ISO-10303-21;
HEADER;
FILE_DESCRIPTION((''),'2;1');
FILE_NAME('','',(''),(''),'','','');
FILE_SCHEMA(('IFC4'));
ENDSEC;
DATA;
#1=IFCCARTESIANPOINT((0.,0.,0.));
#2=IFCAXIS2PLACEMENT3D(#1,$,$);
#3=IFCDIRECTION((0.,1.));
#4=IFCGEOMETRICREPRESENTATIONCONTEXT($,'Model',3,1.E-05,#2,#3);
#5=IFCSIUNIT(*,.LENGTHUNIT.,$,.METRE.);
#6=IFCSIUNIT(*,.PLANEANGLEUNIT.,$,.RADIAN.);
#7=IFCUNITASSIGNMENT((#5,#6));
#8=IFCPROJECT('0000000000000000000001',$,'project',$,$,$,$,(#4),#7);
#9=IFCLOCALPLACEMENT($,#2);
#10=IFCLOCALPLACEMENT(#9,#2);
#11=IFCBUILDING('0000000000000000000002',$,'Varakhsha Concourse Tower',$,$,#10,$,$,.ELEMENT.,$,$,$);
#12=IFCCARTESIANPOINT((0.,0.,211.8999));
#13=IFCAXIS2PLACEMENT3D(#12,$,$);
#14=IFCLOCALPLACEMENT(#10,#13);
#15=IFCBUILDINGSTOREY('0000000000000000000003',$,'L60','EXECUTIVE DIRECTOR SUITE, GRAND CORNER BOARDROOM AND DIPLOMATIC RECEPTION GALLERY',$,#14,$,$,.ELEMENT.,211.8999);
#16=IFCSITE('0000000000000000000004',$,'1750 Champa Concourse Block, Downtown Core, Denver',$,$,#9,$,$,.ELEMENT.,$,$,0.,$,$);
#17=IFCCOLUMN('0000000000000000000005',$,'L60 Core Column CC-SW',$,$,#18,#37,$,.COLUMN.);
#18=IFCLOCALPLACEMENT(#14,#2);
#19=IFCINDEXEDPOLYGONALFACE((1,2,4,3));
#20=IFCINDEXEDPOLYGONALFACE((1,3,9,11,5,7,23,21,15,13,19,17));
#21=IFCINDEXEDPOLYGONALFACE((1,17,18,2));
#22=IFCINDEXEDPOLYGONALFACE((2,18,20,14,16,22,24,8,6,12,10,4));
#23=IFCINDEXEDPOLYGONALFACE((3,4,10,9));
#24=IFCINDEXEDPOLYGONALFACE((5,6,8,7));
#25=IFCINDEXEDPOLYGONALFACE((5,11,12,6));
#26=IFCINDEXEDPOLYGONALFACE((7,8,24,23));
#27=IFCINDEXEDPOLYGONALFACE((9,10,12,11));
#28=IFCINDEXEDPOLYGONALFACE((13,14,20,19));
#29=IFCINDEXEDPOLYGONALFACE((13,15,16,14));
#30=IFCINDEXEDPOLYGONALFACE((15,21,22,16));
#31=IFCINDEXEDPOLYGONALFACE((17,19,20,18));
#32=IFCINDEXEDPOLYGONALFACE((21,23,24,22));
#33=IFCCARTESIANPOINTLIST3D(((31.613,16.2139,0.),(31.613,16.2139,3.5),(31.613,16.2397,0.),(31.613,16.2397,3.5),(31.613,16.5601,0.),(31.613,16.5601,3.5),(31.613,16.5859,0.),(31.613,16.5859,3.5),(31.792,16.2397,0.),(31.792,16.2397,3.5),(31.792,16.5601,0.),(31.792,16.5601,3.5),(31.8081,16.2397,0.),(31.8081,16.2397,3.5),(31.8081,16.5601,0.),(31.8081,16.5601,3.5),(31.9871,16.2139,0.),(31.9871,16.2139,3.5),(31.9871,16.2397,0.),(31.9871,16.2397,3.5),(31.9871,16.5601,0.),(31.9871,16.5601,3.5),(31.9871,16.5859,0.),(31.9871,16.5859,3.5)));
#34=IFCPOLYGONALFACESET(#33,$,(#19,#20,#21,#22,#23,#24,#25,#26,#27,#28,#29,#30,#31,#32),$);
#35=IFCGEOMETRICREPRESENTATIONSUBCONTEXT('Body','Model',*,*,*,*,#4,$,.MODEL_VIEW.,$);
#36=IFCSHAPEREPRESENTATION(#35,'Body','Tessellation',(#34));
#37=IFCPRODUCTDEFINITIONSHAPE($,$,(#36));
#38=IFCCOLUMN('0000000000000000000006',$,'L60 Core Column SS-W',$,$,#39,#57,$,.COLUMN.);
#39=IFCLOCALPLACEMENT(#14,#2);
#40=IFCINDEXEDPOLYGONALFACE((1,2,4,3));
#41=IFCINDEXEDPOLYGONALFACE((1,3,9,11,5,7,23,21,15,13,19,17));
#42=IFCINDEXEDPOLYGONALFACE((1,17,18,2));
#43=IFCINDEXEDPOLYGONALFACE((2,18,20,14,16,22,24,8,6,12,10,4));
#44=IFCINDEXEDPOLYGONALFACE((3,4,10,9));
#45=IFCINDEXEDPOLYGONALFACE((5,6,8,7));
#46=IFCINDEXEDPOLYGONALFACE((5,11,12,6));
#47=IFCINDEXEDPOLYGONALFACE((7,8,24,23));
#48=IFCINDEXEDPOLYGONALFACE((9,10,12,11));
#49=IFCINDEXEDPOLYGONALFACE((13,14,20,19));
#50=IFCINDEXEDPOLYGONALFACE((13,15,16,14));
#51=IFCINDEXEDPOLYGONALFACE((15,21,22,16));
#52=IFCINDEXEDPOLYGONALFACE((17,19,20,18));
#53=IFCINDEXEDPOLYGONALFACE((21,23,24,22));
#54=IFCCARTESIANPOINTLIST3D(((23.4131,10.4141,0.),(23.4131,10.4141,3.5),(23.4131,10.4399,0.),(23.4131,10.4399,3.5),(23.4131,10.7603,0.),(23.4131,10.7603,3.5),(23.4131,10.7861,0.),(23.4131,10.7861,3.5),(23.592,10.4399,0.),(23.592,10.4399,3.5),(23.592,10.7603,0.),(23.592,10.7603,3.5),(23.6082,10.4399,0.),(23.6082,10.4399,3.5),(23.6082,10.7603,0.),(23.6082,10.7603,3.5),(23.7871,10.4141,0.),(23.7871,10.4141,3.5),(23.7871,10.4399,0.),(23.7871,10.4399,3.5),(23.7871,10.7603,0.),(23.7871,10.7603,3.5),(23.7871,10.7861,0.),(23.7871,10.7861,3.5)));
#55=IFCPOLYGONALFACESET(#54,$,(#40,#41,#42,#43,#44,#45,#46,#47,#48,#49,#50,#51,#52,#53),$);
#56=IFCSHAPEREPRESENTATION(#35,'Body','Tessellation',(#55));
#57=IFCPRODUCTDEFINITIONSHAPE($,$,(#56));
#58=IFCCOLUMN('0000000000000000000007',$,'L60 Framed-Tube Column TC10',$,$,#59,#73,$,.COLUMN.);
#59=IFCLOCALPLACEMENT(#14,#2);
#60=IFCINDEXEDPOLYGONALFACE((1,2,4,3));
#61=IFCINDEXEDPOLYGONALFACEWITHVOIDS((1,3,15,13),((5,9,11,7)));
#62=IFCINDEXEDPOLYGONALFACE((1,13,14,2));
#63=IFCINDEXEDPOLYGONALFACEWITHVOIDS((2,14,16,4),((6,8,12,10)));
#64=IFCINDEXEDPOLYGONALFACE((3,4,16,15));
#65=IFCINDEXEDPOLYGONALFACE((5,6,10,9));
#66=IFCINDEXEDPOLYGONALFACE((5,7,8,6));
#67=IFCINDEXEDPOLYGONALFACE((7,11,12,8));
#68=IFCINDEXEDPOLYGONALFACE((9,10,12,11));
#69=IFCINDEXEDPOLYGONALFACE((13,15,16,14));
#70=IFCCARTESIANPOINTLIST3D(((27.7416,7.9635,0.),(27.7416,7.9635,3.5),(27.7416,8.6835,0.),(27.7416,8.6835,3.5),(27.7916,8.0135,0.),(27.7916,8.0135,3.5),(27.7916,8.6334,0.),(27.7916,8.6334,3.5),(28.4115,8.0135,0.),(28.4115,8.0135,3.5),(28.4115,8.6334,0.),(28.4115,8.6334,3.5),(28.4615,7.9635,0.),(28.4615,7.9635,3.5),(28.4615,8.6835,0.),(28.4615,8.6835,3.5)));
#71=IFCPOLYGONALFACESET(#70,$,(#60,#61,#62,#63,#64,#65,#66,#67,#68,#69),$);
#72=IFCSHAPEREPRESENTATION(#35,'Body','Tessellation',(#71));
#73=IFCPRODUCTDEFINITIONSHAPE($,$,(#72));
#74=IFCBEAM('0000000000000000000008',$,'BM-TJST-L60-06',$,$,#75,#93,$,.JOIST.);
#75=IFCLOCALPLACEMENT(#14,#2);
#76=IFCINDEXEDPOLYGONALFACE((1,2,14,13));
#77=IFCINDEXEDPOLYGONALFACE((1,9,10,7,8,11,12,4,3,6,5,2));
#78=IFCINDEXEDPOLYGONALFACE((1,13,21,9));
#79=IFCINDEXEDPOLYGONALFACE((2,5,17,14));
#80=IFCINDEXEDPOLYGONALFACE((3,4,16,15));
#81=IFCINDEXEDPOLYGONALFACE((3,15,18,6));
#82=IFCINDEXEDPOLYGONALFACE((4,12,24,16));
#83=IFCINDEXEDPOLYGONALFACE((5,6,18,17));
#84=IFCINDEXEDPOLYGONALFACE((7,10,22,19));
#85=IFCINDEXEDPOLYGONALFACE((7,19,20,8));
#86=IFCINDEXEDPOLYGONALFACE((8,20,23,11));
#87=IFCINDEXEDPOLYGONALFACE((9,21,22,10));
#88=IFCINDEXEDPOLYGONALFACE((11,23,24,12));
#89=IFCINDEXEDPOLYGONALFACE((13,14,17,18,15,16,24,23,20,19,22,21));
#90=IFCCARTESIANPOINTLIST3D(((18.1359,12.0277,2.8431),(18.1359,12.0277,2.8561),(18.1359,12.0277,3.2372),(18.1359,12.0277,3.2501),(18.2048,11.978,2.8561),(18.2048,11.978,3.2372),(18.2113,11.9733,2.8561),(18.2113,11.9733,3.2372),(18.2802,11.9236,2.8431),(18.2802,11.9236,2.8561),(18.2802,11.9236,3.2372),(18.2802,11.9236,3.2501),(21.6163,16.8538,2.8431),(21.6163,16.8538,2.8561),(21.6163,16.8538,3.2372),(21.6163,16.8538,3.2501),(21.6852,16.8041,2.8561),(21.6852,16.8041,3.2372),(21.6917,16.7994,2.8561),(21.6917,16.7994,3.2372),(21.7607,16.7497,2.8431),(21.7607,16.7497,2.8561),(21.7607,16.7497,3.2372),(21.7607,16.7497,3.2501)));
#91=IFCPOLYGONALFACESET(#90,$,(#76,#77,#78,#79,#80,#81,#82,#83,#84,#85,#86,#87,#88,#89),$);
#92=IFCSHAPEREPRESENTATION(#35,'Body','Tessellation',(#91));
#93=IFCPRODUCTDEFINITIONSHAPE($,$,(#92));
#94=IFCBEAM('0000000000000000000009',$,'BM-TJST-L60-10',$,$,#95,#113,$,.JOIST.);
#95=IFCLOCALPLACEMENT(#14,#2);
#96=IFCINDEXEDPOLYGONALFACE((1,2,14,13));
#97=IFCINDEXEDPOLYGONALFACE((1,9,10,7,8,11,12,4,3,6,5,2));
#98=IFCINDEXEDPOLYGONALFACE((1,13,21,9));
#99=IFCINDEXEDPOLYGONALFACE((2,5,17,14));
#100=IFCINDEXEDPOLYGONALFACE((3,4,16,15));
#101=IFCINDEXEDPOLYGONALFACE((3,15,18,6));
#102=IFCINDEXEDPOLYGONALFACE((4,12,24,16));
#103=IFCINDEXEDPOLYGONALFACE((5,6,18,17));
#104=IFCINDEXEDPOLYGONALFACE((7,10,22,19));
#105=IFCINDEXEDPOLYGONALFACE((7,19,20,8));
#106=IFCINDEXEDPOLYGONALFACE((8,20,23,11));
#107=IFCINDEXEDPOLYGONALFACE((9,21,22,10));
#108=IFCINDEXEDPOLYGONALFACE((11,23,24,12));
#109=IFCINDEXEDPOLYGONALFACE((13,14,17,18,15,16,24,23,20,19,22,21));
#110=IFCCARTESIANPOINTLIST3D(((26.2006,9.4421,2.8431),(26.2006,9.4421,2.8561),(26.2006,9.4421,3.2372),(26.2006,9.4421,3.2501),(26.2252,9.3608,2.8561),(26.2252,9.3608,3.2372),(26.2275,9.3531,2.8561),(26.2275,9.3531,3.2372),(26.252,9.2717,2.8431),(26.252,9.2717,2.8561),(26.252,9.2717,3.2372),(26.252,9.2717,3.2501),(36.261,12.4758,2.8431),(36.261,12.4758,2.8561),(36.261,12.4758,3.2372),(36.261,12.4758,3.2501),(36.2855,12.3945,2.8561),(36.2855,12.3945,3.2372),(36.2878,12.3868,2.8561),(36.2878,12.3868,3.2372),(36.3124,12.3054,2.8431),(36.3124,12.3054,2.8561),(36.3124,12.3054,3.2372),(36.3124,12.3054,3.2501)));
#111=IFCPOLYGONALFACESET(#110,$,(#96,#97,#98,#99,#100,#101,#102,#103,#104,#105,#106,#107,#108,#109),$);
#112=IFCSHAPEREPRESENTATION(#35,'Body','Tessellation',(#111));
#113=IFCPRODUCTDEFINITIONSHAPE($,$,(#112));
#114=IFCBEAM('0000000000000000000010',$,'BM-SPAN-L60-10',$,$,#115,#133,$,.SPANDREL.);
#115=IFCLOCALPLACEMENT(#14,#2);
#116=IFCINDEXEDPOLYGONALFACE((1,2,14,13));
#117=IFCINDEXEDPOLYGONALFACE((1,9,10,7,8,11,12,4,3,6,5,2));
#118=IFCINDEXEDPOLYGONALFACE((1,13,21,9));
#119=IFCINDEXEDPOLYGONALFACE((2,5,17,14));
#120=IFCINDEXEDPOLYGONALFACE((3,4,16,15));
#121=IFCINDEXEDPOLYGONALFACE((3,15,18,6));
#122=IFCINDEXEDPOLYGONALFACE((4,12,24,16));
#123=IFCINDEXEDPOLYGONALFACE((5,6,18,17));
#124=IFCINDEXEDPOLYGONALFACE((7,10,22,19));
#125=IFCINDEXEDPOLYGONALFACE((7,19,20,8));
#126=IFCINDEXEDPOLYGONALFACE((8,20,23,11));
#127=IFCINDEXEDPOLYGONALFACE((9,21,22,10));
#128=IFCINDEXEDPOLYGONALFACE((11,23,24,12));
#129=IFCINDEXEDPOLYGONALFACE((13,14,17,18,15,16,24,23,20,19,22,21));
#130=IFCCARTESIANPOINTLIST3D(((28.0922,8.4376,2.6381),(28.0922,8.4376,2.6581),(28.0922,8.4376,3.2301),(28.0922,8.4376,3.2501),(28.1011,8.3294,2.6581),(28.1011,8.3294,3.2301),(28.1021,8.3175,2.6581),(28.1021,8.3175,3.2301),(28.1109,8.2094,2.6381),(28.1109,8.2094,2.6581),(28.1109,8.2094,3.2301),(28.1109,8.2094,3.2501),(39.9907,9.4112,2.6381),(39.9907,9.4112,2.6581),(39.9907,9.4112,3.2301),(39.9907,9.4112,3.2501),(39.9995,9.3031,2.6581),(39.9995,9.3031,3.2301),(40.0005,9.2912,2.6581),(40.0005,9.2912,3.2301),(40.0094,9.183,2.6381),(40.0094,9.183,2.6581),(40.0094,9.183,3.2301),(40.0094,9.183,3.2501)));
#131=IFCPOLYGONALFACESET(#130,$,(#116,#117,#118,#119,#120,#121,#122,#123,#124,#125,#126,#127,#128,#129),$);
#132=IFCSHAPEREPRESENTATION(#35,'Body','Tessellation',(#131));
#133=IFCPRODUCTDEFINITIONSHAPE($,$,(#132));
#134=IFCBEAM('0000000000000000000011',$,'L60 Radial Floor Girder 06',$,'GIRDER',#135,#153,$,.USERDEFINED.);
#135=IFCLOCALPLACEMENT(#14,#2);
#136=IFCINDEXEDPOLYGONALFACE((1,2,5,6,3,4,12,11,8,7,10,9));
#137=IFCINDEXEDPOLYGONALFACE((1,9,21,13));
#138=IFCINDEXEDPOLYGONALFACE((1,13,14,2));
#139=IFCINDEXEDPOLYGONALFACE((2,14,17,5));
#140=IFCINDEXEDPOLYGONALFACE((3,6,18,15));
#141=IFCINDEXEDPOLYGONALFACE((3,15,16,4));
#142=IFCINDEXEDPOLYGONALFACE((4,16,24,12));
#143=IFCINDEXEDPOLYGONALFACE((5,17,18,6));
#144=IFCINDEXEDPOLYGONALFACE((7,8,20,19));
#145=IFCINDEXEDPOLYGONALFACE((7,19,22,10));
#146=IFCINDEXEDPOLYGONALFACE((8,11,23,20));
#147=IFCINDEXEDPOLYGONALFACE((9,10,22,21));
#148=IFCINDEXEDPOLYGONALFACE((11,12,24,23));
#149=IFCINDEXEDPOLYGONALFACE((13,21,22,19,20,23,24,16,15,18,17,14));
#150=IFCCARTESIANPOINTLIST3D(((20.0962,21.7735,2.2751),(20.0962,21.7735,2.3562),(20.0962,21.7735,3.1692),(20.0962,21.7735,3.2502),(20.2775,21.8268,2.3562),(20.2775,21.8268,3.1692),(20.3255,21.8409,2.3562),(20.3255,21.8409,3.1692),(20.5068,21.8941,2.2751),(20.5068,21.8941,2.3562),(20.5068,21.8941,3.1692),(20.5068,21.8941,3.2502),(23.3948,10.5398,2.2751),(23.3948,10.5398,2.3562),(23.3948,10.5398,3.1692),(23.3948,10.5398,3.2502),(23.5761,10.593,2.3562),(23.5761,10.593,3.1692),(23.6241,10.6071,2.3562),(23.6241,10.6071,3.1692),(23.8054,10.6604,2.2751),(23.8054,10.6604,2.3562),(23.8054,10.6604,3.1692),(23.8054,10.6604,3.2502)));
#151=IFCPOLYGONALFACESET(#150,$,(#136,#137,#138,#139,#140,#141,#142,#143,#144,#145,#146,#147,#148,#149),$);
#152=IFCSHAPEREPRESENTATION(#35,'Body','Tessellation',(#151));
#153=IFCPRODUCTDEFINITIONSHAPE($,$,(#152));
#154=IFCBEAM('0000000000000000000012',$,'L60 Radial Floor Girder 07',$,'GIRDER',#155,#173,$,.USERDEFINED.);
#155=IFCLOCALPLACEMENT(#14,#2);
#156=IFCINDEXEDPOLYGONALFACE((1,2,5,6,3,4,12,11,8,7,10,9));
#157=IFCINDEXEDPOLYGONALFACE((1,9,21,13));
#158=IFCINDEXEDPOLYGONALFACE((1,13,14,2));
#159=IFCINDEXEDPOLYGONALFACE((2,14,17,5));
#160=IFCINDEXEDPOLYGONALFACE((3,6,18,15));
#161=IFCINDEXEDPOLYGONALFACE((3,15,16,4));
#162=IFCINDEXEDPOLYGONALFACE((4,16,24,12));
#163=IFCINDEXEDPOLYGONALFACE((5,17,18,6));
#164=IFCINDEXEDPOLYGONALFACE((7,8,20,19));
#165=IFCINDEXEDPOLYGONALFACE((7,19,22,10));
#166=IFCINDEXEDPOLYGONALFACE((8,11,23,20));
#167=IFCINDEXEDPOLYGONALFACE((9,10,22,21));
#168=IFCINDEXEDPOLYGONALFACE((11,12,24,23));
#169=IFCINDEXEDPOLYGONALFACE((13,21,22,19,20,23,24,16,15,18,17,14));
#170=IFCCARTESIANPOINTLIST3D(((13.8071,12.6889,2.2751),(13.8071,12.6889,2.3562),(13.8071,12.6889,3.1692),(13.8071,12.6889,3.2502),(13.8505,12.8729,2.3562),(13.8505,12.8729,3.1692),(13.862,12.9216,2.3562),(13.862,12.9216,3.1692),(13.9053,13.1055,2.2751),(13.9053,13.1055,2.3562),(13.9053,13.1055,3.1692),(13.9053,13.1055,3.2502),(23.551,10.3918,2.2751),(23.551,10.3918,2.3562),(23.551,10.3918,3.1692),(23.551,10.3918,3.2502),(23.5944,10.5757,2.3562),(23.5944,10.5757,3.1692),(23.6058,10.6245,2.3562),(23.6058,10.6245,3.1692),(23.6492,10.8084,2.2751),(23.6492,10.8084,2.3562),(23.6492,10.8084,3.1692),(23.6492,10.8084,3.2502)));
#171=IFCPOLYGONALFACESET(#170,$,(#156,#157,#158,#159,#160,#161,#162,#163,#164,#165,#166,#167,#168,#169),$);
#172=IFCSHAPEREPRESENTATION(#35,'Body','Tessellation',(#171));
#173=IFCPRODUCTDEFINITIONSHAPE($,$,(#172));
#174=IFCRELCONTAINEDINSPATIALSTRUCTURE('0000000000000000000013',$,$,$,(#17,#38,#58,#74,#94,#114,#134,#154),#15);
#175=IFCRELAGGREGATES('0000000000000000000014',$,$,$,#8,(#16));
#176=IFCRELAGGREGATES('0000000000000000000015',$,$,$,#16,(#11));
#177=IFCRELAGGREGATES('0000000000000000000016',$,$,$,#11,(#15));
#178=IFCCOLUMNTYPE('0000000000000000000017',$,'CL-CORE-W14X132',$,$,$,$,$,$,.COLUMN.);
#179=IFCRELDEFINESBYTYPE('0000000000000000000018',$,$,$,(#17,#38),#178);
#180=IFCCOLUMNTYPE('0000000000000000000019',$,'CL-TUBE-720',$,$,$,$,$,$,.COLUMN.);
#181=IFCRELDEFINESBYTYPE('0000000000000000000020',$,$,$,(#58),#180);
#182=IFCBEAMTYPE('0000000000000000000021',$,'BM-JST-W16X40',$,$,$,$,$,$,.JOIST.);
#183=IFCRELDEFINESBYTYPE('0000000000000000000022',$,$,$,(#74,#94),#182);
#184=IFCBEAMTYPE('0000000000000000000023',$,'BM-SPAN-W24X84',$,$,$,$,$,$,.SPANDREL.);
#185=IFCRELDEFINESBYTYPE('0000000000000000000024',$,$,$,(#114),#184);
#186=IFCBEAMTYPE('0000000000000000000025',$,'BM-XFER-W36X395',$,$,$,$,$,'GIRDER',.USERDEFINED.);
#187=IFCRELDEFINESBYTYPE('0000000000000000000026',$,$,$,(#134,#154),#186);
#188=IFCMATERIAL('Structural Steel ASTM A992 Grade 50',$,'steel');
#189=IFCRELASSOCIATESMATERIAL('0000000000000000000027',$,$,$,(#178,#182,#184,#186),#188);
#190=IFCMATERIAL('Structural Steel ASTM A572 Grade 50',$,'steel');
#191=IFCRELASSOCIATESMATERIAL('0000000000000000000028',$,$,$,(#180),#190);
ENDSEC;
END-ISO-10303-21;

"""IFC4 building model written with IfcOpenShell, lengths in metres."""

from ifc_helpers import new_model, si_unit, direction, frame, origin, origin_2d, place, context, subcontext, project, spatial, hollow_rectangle, i_section, extrude, material, material_profile, profile_set, type_object, element, save


model = new_model("IFC4")

# Units and contexts
model_context = context("Model", 3, precision=1e-05, world=origin(), true_north=direction((0.0, 1.0)))
body_context = subcontext(model_context, "Body", "Model", "MODEL_VIEW")
ifc_project = project(units=[si_unit("LENGTHUNIT", "METRE"), si_unit("PLANEANGLEUNIT", "RADIAN")], contexts=[model_context])

# Site, building, storey
site_placement = place(None, origin())
site = spatial("IfcSite", under=ifc_project, at=site_placement, Name="1750 Champa Concourse Block, Downtown Core, Denver", CompositionType="ELEMENT", RefElevation=0.0)
building_placement = place(site_placement, origin())
building = spatial("IfcBuilding", under=site, at=building_placement, Name="Varakhsha Concourse Tower", CompositionType="ELEMENT")
storey_placement = place(building_placement, frame((0.0, 0.0, 211.8999)))
storey = spatial("IfcBuildingStorey", under=building, at=storey_placement, Name="L60", Description="EXECUTIVE DIRECTOR SUITE, GRAND CORNER BOARDROOM AND DIPLOMATIC RECEPTION GALLERY", CompositionType="ELEMENT", Elevation=211.8999)

# Columns
ifc_material_1 = material(Name="Structural Steel ASTM A992 Grade 50", Category="steel")
ifc_material_profile_1 = material_profile(ifc_material_1, i_section(OverallWidth=0.374, OverallDepth=0.3721, WebThickness=0.0161, FlangeThickness=0.0259, at=origin_2d()), Name="W14X132")
ifc_profile_set_1 = profile_set([ifc_material_profile_1], Name="Structural Steel ASTM A992 Grade 50")
column_type_1 = type_object("IfcColumnType", Name="CL-CORE-W14X132", PredefinedType="COLUMN", material=ifc_profile_set_1)
for number, where, z_axis, x_axis, name in (
    (1, (31.8, 16.3999, 0.0), (0.0, 0.0, 1.0), (1.0, 0.0, 0.0), "L60 Core Column CC-SW"),
    (2, (23.6001, 10.6001, 0.0), (0.0, 0.0, 1.0), (1.0, 0.0, 0.0), "L60 Core Column SS-W"),
):
    element("IfcColumn", number, at=place(storey_placement, frame(where, z_axis=z_axis, x_axis=x_axis)), inside=storey, type_object=column_type_1, Name=name, PredefinedType="COLUMN", context=body_context, shape_type="SweptSolid", body=[
        extrude(i_section(OverallWidth=0.374, OverallDepth=0.3721, WebThickness=0.0161, FlangeThickness=0.0259, at=origin_2d()), origin(), (0.0, 0.0, 1.0), 3.5),
    ])
ifc_material_2 = material(Name="Structural Steel ASTM A572 Grade 50", Category="steel")
ifc_material_profile_2 = material_profile(ifc_material_2, hollow_rectangle(XDim=0.72, YDim=0.72, WallThickness=0.05, at=origin_2d()), Name="BOX 720x720x50")
ifc_profile_set_2 = profile_set([ifc_material_profile_2], Name="Structural Steel ASTM A572 Grade 50")
column_type_2 = type_object("IfcColumnType", Name="CL-TUBE-720", PredefinedType="COLUMN", material=ifc_profile_set_2)
column_placement = place(storey_placement, frame((28.1016, 8.3235, 0.0), z_axis=(0.0, 0.0, 1.0), x_axis=(1.0, 0.0, 0.0)))
element("IfcColumn", 3, at=column_placement, inside=storey, type_object=column_type_2, Name="L60 Framed-Tube Column TC10", PredefinedType="COLUMN", context=body_context, shape_type="SweptSolid", body=[
    extrude(hollow_rectangle(XDim=0.72, YDim=0.72, WallThickness=0.05, at=origin_2d()), origin(), (0.0, 0.0, 1.0), 3.5),
])

# Beams
ifc_material_profile_3 = material_profile(ifc_material_1, i_section(OverallWidth=0.178, OverallDepth=0.407, WebThickness=0.0081, FlangeThickness=0.0129, at=origin_2d()), Name="W16X40")
ifc_profile_set_3 = profile_set([ifc_material_profile_3], Name="Structural Steel ASTM A992 Grade 50")
beam_type_1 = type_object("IfcBeamType", Name="BM-JST-W16X40", PredefinedType="JOIST", material=ifc_profile_set_3)
beam_1_placement = place(storey_placement, frame((21.6885, 16.8018, 3.0466), z_axis=(-0.584927, -0.811086, 0.0), x_axis=(0.811086, -0.584927, 0.0)))
element("IfcBeam", 4, at=beam_1_placement, inside=storey, type_object=beam_type_1, Name="BM-TJST-L60-06", PredefinedType="JOIST", context=body_context, shape_type="SweptSolid", body=[
    extrude(i_section(OverallWidth=0.178, OverallDepth=0.407, WebThickness=0.0081, FlangeThickness=0.0129, at=origin_2d()), origin(), (0.0, 0.0, 1.0), 5.9502),
])
beam_2_placement = place(storey_placement, frame((26.2263, 9.3569, 3.0466), z_axis=(0.957417, 0.28871, 0.0), x_axis=(-0.28871, 0.957417, 0.0)))
element("IfcBeam", 5, at=beam_2_placement, inside=storey, type_object=beam_type_1, Name="BM-TJST-L60-10", PredefinedType="JOIST", context=body_context, shape_type="SweptSolid", body=[
    extrude(i_section(OverallWidth=0.178, OverallDepth=0.407, WebThickness=0.0081, FlangeThickness=0.0129, at=origin_2d()), origin(), (0.0, 0.0, 1.0), 10.5078),
])
ifc_material_profile_4 = material_profile(ifc_material_1, i_section(OverallWidth=0.229, OverallDepth=0.6121, WebThickness=0.012, FlangeThickness=0.02, at=origin_2d()), Name="W24X84")
ifc_profile_set_4 = profile_set([ifc_material_profile_4], Name="Structural Steel ASTM A992 Grade 50")
beam_type_2 = type_object("IfcBeamType", Name="BM-SPAN-W24X84", PredefinedType="SPANDREL", material=ifc_profile_set_4)
beam_3_placement = place(storey_placement, frame((28.1016, 8.3235, 2.9441), z_axis=(0.996669, 0.081556, 0.0), x_axis=(-0.081556, 0.996669, 0.0)))
element("IfcBeam", 6, at=beam_3_placement, inside=storey, type_object=beam_type_2, Name="BM-SPAN-L60-10", PredefinedType="SPANDREL", context=body_context, shape_type="SweptSolid", body=[
    extrude(i_section(OverallWidth=0.229, OverallDepth=0.6121, WebThickness=0.012, FlangeThickness=0.02, at=origin_2d()), origin(), (0.0, 0.0, 1.0), 11.9382),
])
ifc_material_profile_5 = material_profile(ifc_material_1, i_section(OverallWidth=0.428, OverallDepth=0.9751, WebThickness=0.05, FlangeThickness=0.0811, at=origin_2d()), Name="W36X395")
ifc_profile_set_5 = profile_set([ifc_material_profile_5], Name="Structural Steel ASTM A992 Grade 50")
beam_type_3 = type_object("IfcBeamType", Name="BM-XFER-W36X395", ElementType="GIRDER", PredefinedType="USERDEFINED", material=ifc_profile_set_5)
beam_4_placement = place(storey_placement, frame((23.6001, 10.6001, 2.7627), z_axis=(-0.28174, 0.959491, 0.0), x_axis=(-0.959491, -0.28174, 0.0)))
element("IfcBeam", 7, at=beam_4_placement, inside=storey, type_object=beam_type_3, Name="L60 Radial Floor Girder 06", ObjectType="GIRDER", PredefinedType="USERDEFINED", context=body_context, shape_type="SweptSolid", body=[
    extrude(i_section(OverallWidth=0.428, OverallDepth=0.9751, WebThickness=0.05, FlangeThickness=0.0811, at=origin_2d()), origin(), (0.0, 0.0, 1.0), 11.708),
])
beam_5_placement = place(storey_placement, frame((23.6001, 10.6001, 2.7627), z_axis=(-0.973318, 0.229459, 0.0), x_axis=(-0.229459, -0.973318, 0.0)))
element("IfcBeam", 8, at=beam_5_placement, inside=storey, type_object=beam_type_3, Name="L60 Radial Floor Girder 07", ObjectType="GIRDER", PredefinedType="USERDEFINED", context=body_context, shape_type="SweptSolid", body=[
    extrude(i_section(OverallWidth=0.428, OverallDepth=0.9751, WebThickness=0.05, FlangeThickness=0.0811, at=origin_2d()), origin(), (0.0, 0.0, 1.0), 10.011),
])

save(model, "model.ifc")
